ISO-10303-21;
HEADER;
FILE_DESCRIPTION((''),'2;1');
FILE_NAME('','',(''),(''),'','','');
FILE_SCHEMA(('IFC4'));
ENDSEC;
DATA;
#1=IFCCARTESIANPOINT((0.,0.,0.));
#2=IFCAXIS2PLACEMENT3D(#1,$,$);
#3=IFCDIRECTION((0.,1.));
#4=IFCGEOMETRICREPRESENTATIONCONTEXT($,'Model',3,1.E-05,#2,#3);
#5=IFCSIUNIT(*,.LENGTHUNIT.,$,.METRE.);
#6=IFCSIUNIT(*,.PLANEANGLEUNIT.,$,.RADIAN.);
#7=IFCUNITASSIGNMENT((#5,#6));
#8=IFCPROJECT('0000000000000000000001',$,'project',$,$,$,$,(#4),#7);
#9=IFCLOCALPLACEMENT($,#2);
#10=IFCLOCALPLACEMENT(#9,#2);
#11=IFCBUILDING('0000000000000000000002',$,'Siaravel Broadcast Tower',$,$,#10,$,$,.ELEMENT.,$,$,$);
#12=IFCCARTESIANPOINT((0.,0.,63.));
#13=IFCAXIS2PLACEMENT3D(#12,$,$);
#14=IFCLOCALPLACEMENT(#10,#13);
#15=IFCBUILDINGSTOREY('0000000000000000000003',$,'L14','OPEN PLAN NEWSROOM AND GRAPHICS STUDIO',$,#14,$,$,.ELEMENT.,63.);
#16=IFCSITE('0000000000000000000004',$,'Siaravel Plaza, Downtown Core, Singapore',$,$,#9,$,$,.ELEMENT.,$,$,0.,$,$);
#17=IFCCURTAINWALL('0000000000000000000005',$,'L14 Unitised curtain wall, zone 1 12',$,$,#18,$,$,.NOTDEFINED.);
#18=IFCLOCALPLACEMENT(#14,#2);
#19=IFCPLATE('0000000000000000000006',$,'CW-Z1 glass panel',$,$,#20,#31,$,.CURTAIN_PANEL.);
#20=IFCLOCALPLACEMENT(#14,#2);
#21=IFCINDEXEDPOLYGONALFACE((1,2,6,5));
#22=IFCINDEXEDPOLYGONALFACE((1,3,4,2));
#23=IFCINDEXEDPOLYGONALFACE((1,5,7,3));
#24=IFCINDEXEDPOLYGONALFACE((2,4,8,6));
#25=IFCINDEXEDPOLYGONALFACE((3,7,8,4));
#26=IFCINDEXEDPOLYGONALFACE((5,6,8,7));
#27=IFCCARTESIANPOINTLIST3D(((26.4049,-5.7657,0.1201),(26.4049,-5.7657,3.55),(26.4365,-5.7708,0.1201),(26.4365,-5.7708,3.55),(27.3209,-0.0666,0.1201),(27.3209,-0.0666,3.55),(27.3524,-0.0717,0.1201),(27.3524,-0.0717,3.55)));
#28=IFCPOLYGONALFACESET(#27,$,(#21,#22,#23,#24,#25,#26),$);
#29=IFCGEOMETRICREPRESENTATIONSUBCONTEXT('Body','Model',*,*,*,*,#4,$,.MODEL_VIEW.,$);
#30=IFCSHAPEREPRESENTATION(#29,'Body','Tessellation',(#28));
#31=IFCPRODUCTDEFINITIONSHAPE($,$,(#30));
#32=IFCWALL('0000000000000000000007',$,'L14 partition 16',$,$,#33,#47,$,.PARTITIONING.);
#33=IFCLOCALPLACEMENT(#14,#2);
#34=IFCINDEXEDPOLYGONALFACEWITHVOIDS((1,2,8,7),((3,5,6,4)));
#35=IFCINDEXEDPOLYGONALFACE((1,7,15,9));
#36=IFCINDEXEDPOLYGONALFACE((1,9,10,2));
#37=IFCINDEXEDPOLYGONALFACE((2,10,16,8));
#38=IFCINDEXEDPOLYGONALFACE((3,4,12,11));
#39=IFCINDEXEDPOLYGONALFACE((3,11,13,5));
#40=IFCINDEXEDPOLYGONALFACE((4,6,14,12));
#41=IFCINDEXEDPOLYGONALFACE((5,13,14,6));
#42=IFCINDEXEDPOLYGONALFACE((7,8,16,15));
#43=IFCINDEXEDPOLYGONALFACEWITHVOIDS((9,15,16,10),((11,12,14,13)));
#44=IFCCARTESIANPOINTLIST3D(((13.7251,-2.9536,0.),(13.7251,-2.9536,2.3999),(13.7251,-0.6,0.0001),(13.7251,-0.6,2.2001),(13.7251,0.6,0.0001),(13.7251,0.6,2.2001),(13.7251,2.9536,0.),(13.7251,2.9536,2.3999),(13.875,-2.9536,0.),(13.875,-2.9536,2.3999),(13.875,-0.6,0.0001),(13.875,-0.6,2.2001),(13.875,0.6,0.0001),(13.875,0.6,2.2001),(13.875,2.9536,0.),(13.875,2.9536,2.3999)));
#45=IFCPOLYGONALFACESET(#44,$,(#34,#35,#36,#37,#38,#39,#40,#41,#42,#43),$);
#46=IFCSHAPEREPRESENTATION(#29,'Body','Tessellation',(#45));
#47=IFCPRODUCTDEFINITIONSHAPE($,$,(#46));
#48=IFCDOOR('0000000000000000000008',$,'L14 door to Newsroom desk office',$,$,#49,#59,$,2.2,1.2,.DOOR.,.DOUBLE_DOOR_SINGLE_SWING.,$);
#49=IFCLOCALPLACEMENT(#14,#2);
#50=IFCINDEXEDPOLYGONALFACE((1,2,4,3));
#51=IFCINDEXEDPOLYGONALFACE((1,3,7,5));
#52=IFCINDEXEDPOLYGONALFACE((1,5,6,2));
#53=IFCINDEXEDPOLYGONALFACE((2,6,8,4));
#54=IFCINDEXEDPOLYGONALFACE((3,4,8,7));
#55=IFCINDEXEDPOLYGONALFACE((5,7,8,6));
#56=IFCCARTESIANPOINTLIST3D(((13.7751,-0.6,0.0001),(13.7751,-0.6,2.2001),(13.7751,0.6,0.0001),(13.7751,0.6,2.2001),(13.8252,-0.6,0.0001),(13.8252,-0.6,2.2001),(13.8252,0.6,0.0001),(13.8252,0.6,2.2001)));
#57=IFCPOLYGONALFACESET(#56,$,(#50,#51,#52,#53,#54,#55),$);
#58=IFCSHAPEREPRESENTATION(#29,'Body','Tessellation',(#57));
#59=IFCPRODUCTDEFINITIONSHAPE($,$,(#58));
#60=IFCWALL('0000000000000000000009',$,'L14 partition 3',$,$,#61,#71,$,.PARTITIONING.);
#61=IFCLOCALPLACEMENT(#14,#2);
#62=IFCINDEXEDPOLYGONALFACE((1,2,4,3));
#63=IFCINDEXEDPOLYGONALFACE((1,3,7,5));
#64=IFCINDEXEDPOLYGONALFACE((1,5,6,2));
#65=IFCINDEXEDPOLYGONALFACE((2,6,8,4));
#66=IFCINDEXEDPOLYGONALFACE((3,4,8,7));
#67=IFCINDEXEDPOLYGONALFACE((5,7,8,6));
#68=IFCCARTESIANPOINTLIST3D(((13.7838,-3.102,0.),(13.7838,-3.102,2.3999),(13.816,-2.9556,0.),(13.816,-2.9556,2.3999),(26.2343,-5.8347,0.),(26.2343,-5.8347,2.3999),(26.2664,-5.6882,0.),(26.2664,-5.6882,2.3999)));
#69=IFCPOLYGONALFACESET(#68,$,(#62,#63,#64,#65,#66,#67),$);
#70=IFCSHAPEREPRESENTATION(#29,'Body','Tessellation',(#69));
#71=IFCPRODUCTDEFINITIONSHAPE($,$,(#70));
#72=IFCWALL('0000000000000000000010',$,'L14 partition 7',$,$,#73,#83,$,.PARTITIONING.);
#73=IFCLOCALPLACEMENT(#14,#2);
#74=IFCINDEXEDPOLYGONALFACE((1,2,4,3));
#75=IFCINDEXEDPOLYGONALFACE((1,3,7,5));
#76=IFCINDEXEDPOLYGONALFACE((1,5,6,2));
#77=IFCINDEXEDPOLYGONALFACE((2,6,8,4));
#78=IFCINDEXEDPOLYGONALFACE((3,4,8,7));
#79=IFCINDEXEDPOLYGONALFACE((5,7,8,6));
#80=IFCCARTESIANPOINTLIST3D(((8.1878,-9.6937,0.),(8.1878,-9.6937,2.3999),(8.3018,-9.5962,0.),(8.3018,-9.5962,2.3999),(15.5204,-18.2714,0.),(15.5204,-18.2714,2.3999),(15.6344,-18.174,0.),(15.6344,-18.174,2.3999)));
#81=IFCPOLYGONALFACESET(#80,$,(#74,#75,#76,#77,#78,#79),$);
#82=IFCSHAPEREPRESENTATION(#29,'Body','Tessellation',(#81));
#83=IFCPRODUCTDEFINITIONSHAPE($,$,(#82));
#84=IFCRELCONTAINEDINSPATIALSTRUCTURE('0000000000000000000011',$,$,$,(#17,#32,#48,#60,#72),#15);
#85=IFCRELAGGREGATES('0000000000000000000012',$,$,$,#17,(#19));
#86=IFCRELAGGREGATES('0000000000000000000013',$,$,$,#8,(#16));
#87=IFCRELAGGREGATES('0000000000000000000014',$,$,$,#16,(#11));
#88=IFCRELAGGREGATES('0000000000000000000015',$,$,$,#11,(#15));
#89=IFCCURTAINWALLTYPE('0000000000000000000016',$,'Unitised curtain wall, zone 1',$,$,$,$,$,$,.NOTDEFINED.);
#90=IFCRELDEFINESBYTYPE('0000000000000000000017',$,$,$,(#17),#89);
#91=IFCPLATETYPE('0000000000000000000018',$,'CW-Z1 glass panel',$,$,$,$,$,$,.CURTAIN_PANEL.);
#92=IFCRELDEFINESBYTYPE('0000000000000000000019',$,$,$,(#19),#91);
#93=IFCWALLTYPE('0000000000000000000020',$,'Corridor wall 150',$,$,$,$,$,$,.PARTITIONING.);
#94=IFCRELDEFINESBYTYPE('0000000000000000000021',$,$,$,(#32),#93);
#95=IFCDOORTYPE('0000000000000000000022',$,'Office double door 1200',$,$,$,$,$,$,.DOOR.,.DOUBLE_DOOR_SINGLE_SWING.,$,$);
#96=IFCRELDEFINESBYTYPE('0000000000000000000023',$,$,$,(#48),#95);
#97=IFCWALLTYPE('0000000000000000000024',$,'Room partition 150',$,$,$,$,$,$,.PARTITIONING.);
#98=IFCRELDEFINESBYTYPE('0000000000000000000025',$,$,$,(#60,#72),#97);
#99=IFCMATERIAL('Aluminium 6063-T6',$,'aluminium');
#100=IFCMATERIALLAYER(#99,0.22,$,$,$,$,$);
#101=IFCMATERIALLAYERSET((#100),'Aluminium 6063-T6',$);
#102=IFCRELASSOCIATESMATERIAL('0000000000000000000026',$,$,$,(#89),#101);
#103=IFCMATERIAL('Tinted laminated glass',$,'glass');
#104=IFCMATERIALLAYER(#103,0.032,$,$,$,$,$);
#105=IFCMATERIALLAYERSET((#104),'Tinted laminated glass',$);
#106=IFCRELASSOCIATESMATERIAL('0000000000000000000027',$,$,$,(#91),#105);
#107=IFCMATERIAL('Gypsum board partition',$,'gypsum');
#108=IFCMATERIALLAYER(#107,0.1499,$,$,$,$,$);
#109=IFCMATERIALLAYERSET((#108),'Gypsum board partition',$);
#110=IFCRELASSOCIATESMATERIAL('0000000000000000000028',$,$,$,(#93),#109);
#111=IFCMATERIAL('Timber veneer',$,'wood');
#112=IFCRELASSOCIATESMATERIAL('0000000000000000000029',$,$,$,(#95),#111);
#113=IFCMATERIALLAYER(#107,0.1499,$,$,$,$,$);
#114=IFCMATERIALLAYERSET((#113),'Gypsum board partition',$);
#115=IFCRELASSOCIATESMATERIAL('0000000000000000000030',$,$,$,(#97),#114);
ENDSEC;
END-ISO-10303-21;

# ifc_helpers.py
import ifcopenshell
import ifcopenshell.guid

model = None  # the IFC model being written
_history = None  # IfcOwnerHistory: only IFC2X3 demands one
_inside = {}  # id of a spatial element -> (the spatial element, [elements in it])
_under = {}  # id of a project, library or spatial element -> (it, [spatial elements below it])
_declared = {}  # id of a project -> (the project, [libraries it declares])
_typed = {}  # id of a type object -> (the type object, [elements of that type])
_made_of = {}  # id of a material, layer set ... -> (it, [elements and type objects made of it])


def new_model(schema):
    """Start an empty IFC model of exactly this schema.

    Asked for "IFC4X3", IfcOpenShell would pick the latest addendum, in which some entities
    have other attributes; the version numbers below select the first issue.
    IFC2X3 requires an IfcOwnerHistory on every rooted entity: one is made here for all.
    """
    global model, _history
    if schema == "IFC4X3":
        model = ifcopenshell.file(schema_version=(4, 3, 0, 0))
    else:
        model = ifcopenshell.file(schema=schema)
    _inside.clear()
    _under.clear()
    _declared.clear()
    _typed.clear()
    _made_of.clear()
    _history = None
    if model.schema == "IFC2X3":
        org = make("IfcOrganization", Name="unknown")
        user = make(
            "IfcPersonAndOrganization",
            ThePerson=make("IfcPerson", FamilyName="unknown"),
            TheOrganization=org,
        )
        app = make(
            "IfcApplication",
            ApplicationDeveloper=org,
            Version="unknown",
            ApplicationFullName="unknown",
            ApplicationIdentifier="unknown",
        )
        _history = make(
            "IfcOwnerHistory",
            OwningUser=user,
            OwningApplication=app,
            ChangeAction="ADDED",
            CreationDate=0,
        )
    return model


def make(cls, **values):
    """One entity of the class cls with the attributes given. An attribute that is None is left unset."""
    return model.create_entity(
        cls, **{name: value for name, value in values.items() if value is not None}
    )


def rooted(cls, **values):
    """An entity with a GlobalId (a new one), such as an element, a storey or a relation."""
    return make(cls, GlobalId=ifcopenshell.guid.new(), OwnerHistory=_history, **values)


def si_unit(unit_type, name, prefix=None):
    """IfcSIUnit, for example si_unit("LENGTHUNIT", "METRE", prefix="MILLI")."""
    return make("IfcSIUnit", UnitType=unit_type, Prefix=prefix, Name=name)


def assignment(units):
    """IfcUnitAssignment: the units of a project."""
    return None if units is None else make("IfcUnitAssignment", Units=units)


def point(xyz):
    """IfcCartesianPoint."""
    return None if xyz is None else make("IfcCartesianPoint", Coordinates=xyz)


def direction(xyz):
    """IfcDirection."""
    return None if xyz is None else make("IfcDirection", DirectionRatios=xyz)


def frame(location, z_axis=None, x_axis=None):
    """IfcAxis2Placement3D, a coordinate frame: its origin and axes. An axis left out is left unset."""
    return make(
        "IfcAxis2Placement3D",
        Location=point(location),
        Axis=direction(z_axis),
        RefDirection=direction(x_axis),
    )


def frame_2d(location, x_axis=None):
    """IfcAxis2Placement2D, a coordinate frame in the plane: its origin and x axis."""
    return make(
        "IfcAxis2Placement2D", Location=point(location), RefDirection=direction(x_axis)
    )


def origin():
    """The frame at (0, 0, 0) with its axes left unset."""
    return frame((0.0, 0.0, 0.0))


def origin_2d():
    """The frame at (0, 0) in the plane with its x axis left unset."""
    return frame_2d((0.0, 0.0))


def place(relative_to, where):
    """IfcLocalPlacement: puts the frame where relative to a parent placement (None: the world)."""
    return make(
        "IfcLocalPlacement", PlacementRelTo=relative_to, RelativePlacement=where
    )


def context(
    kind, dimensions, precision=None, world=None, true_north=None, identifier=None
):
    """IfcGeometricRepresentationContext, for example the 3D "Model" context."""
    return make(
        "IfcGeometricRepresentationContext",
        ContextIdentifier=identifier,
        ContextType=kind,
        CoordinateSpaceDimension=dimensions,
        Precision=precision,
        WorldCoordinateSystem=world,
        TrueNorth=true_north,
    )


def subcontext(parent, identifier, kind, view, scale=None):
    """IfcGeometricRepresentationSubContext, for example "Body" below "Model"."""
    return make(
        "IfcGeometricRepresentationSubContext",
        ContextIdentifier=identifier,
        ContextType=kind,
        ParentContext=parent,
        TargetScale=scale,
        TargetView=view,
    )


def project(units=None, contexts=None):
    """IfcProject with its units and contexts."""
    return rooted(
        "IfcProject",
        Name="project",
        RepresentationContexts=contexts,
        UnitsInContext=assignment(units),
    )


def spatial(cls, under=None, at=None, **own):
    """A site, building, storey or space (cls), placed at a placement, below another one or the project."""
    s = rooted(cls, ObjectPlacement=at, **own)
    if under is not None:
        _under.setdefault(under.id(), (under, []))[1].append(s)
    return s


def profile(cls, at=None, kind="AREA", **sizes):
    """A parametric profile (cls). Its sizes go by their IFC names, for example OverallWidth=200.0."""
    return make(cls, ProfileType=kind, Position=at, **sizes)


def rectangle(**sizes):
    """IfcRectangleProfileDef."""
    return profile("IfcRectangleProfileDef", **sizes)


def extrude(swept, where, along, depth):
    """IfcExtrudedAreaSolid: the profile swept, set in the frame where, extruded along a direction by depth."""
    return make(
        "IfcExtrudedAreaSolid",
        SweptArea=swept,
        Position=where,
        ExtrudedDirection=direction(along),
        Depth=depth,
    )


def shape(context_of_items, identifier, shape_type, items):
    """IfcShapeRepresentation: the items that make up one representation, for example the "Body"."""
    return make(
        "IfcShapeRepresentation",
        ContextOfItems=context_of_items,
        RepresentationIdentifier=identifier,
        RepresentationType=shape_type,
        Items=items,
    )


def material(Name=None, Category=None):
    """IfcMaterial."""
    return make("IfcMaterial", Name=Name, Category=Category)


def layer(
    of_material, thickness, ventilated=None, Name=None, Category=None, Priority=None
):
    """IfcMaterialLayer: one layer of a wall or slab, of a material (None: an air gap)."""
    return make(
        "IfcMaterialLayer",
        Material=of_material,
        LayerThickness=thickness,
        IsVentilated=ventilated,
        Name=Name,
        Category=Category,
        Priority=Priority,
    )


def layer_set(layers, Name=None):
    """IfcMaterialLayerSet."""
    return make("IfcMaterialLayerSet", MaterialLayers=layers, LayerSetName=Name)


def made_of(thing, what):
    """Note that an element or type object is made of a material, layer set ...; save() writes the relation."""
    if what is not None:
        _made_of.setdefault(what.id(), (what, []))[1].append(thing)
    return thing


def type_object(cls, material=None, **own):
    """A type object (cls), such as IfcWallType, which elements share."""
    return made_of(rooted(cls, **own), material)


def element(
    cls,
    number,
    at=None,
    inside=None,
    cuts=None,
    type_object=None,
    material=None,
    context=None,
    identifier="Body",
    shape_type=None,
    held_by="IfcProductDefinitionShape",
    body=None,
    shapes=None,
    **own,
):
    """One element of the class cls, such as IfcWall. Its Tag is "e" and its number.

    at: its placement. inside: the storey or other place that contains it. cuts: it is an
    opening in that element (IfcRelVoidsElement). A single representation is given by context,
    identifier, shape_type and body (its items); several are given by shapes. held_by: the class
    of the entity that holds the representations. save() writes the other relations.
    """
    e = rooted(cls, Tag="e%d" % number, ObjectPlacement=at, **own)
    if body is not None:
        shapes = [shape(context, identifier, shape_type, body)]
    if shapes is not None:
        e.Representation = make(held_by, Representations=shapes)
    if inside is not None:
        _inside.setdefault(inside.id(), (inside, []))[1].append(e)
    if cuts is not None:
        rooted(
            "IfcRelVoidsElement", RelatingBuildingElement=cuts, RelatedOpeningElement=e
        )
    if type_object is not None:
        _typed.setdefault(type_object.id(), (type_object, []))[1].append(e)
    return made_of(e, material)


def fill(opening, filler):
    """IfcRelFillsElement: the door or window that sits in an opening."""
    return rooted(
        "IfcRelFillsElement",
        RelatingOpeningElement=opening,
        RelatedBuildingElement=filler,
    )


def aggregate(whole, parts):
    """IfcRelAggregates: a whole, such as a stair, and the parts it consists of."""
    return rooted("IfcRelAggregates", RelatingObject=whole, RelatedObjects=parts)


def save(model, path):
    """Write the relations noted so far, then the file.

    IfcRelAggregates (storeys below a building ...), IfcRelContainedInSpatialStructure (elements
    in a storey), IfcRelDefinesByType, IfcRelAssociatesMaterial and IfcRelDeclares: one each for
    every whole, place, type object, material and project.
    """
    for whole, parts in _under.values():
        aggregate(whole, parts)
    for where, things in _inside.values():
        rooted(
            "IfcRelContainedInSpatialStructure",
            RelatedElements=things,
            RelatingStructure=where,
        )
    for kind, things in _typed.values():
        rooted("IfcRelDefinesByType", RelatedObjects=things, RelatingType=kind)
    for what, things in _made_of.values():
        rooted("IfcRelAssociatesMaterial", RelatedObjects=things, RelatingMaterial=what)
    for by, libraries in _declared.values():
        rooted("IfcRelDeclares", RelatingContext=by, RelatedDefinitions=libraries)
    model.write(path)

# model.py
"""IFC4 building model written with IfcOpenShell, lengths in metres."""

from ifc_helpers import new_model, si_unit, direction, frame, frame_2d, origin, origin_2d, place, context, subcontext, project, spatial, rectangle, extrude, material, layer, layer_set, type_object, element, fill, aggregate, save


model = new_model("IFC4")

# Units and contexts
model_context = context("Model", 3, precision=1e-05, world=origin(), true_north=direction((0.0, 1.0)))
body_context = subcontext(model_context, "Body", "Model", "MODEL_VIEW")
ifc_project = project(units=[si_unit("LENGTHUNIT", "METRE"), si_unit("PLANEANGLEUNIT", "RADIAN")], contexts=[model_context])

# Site, building, storey
site_placement = place(None, origin())
site = spatial("IfcSite", under=ifc_project, at=site_placement, Name="Siaravel Plaza, Downtown Core, Singapore", CompositionType="ELEMENT", RefElevation=0.0)
building_placement = place(site_placement, origin())
building = spatial("IfcBuilding", under=site, at=building_placement, Name="Siaravel Broadcast Tower", CompositionType="ELEMENT")
storey_placement = place(building_placement, frame((0.0, 0.0, 63.0)))
storey = spatial("IfcBuildingStorey", under=building, at=storey_placement, Name="L14", Description="OPEN PLAN NEWSROOM AND GRAPHICS STUDIO", CompositionType="ELEMENT", Elevation=63.0)

# Shared definitions
ifc_material_1 = material(Name="Aluminium 6063-T6", Category="aluminium")
ifc_layer_1 = layer(ifc_material_1, 0.22)
ifc_layer_set_1 = layer_set([ifc_layer_1], Name="Aluminium 6063-T6")
curtain_wall_type = type_object("IfcCurtainWallType", Name="Unitised curtain wall, zone 1", PredefinedType="NOTDEFINED", material=ifc_layer_set_1)

# Curtain wall
curtain_wall_1_placement = place(storey_placement, origin())
curtain_wall_1 = element("IfcCurtainWall", 1, at=curtain_wall_1_placement, inside=storey, type_object=curtain_wall_type, Name="L14 Unitised curtain wall, zone 1 12", PredefinedType="NOTDEFINED")

# Plate
ifc_material_2 = material(Name="Tinted laminated glass", Category="glass")
ifc_layer_2 = layer(ifc_material_2, 0.032)
ifc_layer_set_2 = layer_set([ifc_layer_2], Name="Tinted laminated glass")
plate_type = type_object("IfcPlateType", Name="CW-Z1 glass panel", PredefinedType="CURTAIN_PANEL", material=ifc_layer_set_2)
plate_1_placement = place(storey_placement, frame((26.8787, -2.9187, 0.1201), z_axis=(0.0, 0.0, 1.0), x_axis=(0.158686, 0.987329, 0.0)))
plate_1 = element("IfcPlate", 2, at=plate_1_placement, type_object=plate_type, Name="CW-Z1 glass panel", PredefinedType="CURTAIN_PANEL", context=body_context, shape_type="SweptSolid", body=[
    extrude(rectangle(XDim=5.7722, YDim=0.032, at=origin_2d()), origin(), (0.0, 0.0, 1.0), 3.4299),
])
aggregate(curtain_wall_1, [plate_1])

# Wall, opening, door
ifc_material_3 = material(Name="Gypsum board partition", Category="gypsum")
ifc_layer_3 = layer(ifc_material_3, 0.1499)
ifc_layer_set_3 = layer_set([ifc_layer_3], Name="Gypsum board partition")
wall_type_1 = type_object("IfcWallType", Name="Corridor wall 150", PredefinedType="PARTITIONING", material=ifc_layer_set_3)
wall_1_placement = place(storey_placement, frame((13.8, -2.9536, 0.0), z_axis=(0.0, 0.0, 1.0), x_axis=(0.0, 1.0, 0.0)))
wall_1 = element("IfcWall", 3, at=wall_1_placement, inside=storey, type_object=wall_type_1, Name="L14 partition 16", PredefinedType="PARTITIONING", context=body_context, shape_type="SweptSolid", body=[
    extrude(rectangle(XDim=5.9072, YDim=0.1499, at=frame_2d((2.9536, 0.0))), origin(), (0.0, 0.0, 1.0), 2.3999),
])
opening_1_placement = place(wall_1_placement, frame((2.3535, 0.0, 0.0)))
opening_1 = element("IfcOpeningElement", 4, at=opening_1_placement, cuts=wall_1, PredefinedType="OPENING", context=body_context, shape_type="SweptSolid", body=[
    extrude(rectangle(XDim=1.2, YDim=2.2, at=frame_2d((0.6001, 1.1001))), frame((0.0, 0.085, 0.0), z_axis=(0.0, -1.0, 0.0), x_axis=(1.0, 0.0, 0.0)), (0.0, 0.0, 1.0), 0.1699),
])
ifc_material_4 = material(Name="Timber veneer", Category="wood")
door_type_1 = type_object("IfcDoorType", Name="Office double door 1200", OperationType="DOUBLE_DOOR_SINGLE_SWING", PredefinedType="DOOR", material=ifc_material_4)
door_1_placement = place(opening_1_placement, origin())
door_1 = element("IfcDoor", 5, at=door_1_placement, inside=storey, type_object=door_type_1, Name="L14 door to Newsroom desk office", OperationType="DOUBLE_DOOR_SINGLE_SWING", OverallHeight=2.2, OverallWidth=1.2, PredefinedType="DOOR", context=body_context, shape_type="SweptSolid", body=[
    extrude(rectangle(XDim=1.2, YDim=2.2, at=frame_2d((0.6001, 1.1001))), frame((0.0, 0.0249, 0.0), z_axis=(0.0, -1.0, 0.0), x_axis=(1.0, 0.0, 0.0)), (0.0, 0.0, 1.0), 0.05),
])
fill(opening_1, door_1)

# Walls
ifc_layer_4 = layer(ifc_material_3, 0.1499)
ifc_layer_set_4 = layer_set([ifc_layer_4], Name="Gypsum board partition")
wall_type_2 = type_object("IfcWallType", Name="Room partition 150", PredefinedType="PARTITIONING", material=ifc_layer_set_4)
wall_2_placement = place(storey_placement, frame((26.2505, -5.7615, 0.0), z_axis=(0.0, 0.0, 1.0), x_axis=(-0.97675, 0.214381, 0.0)))
element("IfcWall", 6, at=wall_2_placement, inside=storey, type_object=wall_type_2, Name="L14 partition 3", PredefinedType="PARTITIONING", context=body_context, shape_type="SweptSolid", body=[
    extrude(rectangle(XDim=12.7468, YDim=0.1499, at=frame_2d((6.3735, 0.0))), origin(), (0.0, 0.0, 1.0), 2.3999),
])
wall_3_placement = place(storey_placement, frame((15.5774, -18.2227, 0.0), z_axis=(0.0, 0.0, 1.0), x_axis=(-0.649782, 0.76012, 0.0)))
element("IfcWall", 7, at=wall_3_placement, inside=storey, type_object=wall_type_2, Name="L14 partition 7", PredefinedType="PARTITIONING", context=body_context, shape_type="SweptSolid", body=[
    extrude(rectangle(XDim=11.2847, YDim=0.1499, at=frame_2d((5.6423, 0.0))), origin(), (0.0, 0.0, 1.0), 2.3999),
])

save(model, "model.ifc")
